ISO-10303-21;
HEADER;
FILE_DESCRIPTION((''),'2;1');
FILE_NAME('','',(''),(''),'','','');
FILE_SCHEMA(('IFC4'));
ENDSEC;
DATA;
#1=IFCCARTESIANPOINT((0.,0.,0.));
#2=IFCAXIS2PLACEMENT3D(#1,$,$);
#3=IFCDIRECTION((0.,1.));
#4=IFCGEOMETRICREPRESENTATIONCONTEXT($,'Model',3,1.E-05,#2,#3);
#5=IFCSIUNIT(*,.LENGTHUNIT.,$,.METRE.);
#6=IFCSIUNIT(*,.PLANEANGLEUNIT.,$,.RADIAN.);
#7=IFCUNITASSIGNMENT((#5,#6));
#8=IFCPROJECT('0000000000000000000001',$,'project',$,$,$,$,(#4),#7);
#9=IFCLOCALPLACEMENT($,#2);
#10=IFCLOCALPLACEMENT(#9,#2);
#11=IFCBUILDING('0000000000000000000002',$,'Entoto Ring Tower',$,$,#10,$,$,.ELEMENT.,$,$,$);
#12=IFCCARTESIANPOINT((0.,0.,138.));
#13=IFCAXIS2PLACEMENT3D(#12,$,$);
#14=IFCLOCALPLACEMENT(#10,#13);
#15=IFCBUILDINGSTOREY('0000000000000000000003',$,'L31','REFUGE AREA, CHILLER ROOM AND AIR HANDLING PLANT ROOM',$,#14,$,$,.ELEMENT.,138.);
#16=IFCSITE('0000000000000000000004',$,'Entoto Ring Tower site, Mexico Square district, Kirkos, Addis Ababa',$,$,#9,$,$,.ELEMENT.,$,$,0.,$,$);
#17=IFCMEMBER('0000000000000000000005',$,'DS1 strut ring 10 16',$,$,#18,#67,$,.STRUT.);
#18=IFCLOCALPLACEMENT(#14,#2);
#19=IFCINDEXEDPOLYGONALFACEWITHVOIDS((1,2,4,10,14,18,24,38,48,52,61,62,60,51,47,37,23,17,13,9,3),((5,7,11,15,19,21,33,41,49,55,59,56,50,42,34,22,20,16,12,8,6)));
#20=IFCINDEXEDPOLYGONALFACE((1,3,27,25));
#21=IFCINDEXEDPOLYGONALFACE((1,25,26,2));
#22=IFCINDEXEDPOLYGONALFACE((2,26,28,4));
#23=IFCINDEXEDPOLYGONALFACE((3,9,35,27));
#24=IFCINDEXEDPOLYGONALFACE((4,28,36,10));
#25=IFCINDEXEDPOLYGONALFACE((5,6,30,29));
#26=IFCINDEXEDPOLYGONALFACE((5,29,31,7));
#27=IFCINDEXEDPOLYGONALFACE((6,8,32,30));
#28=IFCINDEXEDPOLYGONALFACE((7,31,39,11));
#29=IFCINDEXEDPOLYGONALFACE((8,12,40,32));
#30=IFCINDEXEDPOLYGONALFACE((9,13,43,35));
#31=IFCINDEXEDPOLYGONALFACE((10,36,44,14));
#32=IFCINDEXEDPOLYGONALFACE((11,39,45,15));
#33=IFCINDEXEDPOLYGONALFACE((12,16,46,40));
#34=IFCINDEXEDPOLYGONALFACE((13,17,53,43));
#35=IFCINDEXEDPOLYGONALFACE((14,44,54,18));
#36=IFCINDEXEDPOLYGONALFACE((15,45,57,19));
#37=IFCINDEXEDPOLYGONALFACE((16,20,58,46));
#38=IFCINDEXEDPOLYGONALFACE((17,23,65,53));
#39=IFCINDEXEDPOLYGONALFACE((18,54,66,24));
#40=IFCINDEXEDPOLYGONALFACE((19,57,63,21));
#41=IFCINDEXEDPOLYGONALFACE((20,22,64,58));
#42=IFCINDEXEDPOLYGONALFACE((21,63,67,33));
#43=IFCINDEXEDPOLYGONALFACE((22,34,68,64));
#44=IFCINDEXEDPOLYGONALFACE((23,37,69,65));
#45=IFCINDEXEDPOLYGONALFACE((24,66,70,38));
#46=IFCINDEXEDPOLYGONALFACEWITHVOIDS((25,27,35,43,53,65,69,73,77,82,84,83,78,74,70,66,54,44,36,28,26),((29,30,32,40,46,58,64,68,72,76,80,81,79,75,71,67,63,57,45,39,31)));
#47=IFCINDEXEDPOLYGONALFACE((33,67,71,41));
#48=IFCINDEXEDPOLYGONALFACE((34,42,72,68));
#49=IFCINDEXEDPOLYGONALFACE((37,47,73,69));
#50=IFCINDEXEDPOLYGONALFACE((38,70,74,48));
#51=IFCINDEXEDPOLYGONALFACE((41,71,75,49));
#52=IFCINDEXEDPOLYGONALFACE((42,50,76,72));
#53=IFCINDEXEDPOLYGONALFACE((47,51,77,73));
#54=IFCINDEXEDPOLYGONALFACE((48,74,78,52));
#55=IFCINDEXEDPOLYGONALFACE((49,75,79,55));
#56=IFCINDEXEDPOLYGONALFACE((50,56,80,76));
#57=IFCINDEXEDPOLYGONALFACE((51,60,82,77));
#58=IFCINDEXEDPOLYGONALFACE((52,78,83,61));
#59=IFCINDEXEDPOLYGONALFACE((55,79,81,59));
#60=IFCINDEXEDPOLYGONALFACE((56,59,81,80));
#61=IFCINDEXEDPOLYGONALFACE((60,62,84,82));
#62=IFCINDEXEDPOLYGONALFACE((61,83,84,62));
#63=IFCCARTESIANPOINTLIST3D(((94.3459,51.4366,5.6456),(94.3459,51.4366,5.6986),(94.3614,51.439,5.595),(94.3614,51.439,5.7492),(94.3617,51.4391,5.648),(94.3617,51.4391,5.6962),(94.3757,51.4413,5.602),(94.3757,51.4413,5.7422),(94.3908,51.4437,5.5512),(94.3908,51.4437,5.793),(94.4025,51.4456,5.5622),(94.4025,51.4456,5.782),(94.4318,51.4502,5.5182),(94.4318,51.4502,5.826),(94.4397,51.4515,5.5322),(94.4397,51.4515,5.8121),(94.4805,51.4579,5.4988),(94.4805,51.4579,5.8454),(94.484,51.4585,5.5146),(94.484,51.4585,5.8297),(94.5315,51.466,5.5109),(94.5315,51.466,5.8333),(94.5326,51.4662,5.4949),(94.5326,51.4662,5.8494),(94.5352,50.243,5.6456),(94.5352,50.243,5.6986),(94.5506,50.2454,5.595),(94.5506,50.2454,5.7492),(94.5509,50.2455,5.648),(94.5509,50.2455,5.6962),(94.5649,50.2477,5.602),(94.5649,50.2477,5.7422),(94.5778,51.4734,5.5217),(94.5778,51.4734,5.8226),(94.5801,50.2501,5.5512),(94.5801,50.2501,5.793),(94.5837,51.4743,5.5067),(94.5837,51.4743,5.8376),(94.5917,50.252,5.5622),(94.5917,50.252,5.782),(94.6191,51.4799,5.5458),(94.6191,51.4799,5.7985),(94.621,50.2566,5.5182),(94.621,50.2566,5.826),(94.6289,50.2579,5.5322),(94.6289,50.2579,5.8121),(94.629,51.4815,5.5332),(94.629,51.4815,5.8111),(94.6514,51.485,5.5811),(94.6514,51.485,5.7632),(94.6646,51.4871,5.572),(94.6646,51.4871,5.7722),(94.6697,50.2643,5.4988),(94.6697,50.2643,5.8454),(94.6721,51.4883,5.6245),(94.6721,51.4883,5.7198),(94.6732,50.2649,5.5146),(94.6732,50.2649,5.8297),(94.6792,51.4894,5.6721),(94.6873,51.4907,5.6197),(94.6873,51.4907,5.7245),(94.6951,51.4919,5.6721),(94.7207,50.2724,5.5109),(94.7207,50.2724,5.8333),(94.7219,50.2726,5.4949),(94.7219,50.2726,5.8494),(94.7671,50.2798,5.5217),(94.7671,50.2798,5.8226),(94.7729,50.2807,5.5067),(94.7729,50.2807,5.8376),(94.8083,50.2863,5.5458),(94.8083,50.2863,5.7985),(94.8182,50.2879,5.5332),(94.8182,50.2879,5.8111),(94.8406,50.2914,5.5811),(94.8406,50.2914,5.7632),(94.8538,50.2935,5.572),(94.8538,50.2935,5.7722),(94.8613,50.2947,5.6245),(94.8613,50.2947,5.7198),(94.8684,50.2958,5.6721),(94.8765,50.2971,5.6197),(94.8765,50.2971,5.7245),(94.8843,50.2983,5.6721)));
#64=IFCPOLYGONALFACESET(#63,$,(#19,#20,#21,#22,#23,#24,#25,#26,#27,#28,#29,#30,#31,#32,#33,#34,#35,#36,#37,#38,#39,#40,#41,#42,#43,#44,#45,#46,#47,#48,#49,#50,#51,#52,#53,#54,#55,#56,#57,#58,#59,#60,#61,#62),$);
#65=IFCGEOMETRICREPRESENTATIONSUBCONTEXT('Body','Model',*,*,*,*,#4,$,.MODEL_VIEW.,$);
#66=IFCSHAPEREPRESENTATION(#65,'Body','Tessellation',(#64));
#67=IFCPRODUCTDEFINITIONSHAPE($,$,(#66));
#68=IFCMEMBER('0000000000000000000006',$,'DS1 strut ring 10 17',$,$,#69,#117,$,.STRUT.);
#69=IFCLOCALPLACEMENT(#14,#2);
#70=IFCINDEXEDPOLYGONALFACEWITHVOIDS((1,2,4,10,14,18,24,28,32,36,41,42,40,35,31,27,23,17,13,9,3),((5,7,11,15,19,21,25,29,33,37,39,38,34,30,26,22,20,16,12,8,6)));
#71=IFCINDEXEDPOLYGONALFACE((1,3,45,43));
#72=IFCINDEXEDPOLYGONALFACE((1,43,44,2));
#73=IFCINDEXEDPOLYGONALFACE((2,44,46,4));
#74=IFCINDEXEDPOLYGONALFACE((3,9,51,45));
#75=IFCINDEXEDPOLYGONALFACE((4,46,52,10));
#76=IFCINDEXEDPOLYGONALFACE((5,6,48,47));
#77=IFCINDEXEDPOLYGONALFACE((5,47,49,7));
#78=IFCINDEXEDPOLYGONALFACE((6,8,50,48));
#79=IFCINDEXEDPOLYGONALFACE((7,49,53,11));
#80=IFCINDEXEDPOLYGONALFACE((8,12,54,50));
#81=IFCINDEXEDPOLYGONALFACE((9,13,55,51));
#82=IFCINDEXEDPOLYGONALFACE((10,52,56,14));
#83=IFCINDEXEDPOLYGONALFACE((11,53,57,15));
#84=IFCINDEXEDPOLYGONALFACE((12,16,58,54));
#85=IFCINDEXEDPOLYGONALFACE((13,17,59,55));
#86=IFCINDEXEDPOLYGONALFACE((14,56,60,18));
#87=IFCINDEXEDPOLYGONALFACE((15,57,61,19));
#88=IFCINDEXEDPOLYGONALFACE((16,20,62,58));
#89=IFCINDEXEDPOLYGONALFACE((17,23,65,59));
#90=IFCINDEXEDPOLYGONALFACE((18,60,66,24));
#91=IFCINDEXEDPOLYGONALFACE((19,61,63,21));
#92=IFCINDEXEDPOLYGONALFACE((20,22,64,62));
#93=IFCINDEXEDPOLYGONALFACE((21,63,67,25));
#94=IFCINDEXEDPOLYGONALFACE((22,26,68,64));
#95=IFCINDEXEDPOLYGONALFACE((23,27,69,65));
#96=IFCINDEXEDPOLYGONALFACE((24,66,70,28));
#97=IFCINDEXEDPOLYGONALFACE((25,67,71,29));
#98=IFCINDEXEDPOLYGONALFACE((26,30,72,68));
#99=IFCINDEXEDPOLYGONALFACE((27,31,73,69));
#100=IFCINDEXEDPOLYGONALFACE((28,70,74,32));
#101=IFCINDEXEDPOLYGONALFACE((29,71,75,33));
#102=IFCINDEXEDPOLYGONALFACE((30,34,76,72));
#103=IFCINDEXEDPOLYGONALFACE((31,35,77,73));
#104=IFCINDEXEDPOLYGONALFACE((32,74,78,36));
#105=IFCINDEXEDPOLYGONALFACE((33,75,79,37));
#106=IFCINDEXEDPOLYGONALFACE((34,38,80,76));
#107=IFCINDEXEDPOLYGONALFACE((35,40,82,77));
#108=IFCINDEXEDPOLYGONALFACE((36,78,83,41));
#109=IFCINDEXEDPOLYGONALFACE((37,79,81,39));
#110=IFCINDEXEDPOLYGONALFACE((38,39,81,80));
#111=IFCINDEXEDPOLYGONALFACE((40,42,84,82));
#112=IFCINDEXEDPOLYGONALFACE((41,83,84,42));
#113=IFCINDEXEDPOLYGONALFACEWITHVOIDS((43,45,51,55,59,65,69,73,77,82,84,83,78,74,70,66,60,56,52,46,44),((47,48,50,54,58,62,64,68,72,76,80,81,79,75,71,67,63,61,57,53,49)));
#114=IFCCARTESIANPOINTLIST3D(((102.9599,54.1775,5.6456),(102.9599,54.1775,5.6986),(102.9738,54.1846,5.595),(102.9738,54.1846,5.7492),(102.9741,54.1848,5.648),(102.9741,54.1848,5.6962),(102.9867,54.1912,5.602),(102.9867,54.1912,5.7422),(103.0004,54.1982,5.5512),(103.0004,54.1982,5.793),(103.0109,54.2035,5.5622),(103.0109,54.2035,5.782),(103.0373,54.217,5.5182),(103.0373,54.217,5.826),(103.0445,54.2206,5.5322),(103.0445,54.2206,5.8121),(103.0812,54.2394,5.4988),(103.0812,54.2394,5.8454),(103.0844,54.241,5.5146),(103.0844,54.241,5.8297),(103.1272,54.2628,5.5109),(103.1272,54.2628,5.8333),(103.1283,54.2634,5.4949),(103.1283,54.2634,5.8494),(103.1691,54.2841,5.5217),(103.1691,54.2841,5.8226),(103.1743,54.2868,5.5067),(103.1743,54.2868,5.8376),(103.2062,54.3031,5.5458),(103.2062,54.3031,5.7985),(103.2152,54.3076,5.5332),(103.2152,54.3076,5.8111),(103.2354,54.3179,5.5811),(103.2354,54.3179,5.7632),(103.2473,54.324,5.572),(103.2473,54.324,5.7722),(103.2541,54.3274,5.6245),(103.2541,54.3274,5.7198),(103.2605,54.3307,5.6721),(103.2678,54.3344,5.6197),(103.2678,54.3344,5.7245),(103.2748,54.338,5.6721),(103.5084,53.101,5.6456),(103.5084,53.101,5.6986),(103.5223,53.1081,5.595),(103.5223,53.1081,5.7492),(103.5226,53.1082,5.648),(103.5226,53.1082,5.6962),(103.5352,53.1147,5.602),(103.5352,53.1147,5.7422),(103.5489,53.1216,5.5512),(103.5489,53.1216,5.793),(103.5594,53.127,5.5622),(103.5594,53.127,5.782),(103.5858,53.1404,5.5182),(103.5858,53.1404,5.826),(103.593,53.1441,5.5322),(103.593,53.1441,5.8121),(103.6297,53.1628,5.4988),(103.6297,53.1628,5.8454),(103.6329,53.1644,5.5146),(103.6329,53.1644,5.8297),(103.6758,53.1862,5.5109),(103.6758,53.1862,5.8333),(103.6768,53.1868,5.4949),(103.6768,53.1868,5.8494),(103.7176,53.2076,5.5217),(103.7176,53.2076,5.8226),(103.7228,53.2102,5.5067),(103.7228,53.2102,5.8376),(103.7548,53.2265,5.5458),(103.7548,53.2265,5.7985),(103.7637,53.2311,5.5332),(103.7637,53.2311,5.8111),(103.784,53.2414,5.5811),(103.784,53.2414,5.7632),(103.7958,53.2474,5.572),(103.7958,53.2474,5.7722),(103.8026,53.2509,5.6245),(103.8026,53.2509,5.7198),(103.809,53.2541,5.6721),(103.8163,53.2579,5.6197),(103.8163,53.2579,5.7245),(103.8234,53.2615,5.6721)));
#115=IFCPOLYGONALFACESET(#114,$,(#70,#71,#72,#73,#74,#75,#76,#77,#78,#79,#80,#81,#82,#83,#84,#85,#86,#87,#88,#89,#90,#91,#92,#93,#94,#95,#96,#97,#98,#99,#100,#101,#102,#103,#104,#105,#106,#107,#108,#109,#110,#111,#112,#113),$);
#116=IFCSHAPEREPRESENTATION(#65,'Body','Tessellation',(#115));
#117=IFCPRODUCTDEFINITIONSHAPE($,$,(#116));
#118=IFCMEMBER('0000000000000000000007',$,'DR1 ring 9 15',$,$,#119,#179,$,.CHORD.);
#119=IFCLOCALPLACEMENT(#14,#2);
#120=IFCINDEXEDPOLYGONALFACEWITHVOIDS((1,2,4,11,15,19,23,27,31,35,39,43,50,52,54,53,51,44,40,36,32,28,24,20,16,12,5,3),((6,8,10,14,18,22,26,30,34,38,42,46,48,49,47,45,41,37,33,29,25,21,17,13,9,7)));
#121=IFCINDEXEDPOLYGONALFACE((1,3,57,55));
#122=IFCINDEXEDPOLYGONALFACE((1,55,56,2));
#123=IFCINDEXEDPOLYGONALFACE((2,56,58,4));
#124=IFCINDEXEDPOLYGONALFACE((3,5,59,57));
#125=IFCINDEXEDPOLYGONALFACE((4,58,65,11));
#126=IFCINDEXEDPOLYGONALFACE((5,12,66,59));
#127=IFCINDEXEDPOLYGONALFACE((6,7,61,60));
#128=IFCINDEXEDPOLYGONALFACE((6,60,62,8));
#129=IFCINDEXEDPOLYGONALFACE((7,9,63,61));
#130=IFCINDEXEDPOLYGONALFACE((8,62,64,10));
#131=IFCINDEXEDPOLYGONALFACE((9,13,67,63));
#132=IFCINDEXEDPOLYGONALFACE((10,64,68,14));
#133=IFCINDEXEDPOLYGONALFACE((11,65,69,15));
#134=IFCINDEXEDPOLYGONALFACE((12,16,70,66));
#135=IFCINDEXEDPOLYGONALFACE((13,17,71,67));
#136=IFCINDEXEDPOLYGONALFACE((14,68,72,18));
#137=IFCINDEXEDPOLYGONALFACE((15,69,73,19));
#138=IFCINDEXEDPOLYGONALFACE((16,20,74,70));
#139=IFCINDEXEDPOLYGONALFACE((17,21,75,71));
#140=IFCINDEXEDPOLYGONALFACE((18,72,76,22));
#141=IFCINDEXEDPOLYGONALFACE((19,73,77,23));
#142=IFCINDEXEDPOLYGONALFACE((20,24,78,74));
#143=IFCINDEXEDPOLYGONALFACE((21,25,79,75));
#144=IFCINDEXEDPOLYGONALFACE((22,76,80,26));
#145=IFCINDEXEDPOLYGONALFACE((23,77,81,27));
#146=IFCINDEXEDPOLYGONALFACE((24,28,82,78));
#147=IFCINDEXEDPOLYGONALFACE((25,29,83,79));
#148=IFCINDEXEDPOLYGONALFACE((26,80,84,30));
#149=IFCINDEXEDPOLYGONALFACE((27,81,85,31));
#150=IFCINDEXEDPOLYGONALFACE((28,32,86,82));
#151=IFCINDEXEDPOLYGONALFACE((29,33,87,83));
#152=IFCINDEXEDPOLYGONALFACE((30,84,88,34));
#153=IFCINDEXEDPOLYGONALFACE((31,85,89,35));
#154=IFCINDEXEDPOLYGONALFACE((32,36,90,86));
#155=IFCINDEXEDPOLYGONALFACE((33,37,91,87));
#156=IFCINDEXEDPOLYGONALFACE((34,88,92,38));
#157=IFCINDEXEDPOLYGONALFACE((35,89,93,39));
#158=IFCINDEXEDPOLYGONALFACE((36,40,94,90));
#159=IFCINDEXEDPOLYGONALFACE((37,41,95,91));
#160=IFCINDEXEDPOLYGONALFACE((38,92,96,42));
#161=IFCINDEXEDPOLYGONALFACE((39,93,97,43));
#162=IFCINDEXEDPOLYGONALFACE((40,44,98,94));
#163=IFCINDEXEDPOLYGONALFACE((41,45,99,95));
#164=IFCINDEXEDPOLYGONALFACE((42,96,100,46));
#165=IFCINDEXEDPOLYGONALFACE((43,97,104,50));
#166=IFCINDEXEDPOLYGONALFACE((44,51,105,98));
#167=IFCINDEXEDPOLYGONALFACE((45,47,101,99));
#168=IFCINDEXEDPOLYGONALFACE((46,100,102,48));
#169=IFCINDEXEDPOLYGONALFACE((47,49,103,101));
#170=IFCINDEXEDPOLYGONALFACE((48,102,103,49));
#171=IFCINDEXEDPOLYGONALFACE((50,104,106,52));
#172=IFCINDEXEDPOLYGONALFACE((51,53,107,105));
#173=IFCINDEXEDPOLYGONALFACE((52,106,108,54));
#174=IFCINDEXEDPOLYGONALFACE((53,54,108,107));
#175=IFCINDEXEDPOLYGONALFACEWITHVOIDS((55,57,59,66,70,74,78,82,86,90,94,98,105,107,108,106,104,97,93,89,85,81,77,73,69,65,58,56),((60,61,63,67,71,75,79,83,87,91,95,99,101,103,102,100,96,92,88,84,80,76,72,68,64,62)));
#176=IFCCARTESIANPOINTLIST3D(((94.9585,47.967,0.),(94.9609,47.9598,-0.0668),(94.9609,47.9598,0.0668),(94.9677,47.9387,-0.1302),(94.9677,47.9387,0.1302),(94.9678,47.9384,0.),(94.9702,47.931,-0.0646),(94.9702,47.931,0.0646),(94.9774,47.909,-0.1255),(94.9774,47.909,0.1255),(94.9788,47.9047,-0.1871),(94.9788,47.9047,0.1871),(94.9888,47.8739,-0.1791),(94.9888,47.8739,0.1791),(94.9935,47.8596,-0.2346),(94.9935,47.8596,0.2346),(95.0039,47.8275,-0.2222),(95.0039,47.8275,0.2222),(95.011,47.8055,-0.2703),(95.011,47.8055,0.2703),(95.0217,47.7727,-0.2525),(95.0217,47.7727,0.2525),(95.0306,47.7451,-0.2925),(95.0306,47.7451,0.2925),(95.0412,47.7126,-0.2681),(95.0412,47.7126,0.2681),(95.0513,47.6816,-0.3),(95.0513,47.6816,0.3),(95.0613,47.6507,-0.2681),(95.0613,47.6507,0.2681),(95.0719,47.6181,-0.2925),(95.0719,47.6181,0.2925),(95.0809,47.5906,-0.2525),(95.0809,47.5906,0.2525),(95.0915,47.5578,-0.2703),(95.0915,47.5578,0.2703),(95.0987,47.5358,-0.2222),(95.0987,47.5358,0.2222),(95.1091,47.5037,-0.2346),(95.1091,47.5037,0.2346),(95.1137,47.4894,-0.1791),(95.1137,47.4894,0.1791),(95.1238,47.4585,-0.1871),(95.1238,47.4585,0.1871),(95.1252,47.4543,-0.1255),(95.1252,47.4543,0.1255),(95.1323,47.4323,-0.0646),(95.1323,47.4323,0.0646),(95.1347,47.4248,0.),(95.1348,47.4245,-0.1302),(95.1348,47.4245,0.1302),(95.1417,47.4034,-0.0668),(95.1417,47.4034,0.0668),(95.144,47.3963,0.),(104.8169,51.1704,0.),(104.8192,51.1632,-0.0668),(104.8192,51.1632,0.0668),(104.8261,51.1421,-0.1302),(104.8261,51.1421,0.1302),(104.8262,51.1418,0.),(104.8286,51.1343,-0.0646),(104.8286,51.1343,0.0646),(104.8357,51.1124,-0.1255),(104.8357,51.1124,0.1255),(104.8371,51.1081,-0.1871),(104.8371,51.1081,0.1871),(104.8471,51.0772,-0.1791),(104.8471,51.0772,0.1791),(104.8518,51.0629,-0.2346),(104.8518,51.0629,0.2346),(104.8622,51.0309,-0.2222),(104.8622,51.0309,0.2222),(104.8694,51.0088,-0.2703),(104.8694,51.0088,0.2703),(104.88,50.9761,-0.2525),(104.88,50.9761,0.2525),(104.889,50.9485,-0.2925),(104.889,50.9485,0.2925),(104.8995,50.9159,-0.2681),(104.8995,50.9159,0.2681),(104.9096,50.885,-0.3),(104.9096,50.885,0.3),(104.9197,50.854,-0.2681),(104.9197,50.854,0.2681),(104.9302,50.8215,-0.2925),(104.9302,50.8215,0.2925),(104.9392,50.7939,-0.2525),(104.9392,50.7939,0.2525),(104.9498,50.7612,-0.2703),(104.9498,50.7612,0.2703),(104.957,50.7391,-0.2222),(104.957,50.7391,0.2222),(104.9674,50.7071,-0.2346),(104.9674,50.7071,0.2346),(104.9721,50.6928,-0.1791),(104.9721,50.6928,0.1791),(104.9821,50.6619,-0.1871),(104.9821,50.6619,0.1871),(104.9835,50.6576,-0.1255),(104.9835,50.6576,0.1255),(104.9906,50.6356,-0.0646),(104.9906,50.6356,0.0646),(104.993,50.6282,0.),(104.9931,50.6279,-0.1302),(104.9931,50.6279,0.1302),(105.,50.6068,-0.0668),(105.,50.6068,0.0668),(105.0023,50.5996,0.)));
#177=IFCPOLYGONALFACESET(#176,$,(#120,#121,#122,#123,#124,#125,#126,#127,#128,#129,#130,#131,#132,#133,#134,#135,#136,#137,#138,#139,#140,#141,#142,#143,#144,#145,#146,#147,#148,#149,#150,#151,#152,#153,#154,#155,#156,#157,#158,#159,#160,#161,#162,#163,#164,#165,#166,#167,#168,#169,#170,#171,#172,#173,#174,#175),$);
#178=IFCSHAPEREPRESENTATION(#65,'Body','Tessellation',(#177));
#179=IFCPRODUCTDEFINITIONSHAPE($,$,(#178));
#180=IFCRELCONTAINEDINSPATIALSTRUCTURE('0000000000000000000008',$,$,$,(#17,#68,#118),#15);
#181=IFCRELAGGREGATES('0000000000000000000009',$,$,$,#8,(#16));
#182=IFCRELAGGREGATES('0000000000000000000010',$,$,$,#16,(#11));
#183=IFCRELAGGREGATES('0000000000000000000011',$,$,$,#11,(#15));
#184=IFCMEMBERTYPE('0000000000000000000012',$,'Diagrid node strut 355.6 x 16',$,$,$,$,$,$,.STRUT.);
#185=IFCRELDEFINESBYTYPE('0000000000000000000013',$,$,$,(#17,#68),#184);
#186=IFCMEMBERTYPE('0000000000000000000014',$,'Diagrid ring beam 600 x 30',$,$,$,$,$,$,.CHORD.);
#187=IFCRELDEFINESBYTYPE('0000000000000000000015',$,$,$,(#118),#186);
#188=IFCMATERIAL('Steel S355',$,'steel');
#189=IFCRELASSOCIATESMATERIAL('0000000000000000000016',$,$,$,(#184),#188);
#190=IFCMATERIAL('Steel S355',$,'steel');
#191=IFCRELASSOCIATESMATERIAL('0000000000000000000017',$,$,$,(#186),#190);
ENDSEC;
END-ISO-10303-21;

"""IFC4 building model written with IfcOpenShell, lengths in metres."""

from ifc_helpers import new_model, si_unit, direction, frame, origin, origin_2d, place, context, subcontext, project, spatial, circle, hollow_circle, extrude, material, material_profile, profile_set, type_object, element, save


model = new_model("IFC4")

# Units and contexts
model_context = context("Model", 3, precision=1e-05, world=origin(), true_north=direction((0.0, 1.0)))
body_context = subcontext(model_context, "Body", "Model", "MODEL_VIEW")
ifc_project = project(units=[si_unit("LENGTHUNIT", "METRE"), si_unit("PLANEANGLEUNIT", "RADIAN")], contexts=[model_context])

# Site, building, storey
site_placement = place(None, origin())
site = spatial("IfcSite", under=ifc_project, at=site_placement, Name="Entoto Ring Tower site, Mexico Square district, Kirkos, Addis Ababa", CompositionType="ELEMENT", RefElevation=0.0)
building_placement = place(site_placement, origin())
building = spatial("IfcBuilding", under=site, at=building_placement, Name="Entoto Ring Tower", CompositionType="ELEMENT")
storey_placement = place(building_placement, frame((0.0, 0.0, 138.0)))
storey = spatial("IfcBuildingStorey", under=building, at=storey_placement, Name="L31", Description="REFUGE AREA, CHILLER ROOM AND AIR HANDLING PLANT ROOM", CompositionType="ELEMENT", Elevation=138.0)

# Members
ifc_material_1 = material(Name="Steel S355", Category="steel")
ifc_material_profile_1 = material_profile(ifc_material_1, hollow_circle(Radius=0.1777, WallThickness=0.0161, at=origin_2d()), Name="CHS 355.6 x 16")
ifc_material_2 = material(Name="Concrete C60/75", Category="concrete")
ifc_material_profile_2 = material_profile(ifc_material_2, circle(Radius=0.1619, at=origin_2d()), Name="Concrete C60/75 infill")
ifc_profile_set_1 = profile_set([ifc_material_profile_1, ifc_material_profile_2], Name="Steel S355")
member_type_1 = type_object("IfcMemberType", Name="Diagrid node strut 355.6 x 16", PredefinedType="STRUT", material=ifc_profile_set_1)
member_1_placement = place(storey_placement, frame((94.5195, 51.4641, 5.6721), z_axis=(0.156564, -0.987668, 0.0), x_axis=(0.987668, 0.156564, 0.0)))
element("IfcMember", 1, at=member_1_placement, inside=storey, type_object=member_type_1, Name="DS1 strut ring 10 16", PredefinedType="STRUT", context=body_context, shape_type="SweptSolid", body=[
    extrude(hollow_circle(Radius=0.1777, WallThickness=0.0161, at=origin_2d()), origin(), (0.0, 0.0, 1.0), 1.2085),
])
member_2_placement = place(storey_placement, frame((103.1165, 54.2573, 5.6721), z_axis=(0.453989, -0.891007, 0.0), x_axis=(0.891007, 0.453989, 0.0)))
element("IfcMember", 2, at=member_2_placement, inside=storey, type_object=member_type_1, Name="DS1 strut ring 10 17", PredefinedType="STRUT", context=body_context, shape_type="SweptSolid", body=[
    extrude(hollow_circle(Radius=0.1777, WallThickness=0.0161, at=origin_2d()), origin(), (0.0, 0.0, 1.0), 1.2083),
])
ifc_material_3 = material(Name="Steel S355", Category="steel")
ifc_material_profile_3 = material_profile(ifc_material_3, hollow_circle(Radius=0.3, WallThickness=0.03, at=origin_2d()), Name="CHS 600 x 30")
ifc_material_4 = material(Name="Concrete C60/75", Category="concrete")
ifc_material_profile_4 = material_profile(ifc_material_4, circle(Radius=0.27, at=origin_2d()), Name="Concrete C60/75 infill")
ifc_profile_set_2 = profile_set([ifc_material_profile_3, ifc_material_profile_4], Name="Steel S355")
member_type_2 = type_object("IfcMemberType", Name="Diagrid ring beam 600 x 30", PredefinedType="CHORD", material=ifc_profile_set_2)
member_3_placement = place(storey_placement, frame((95.0513, 47.6816, 0.0), z_axis=(0.951051, 0.309033, 0.0), x_axis=(-0.309033, 0.951051, 0.0)))
element("IfcMember", 3, at=member_3_placement, inside=storey, type_object=member_type_2, Name="DR1 ring 9 15", PredefinedType="CHORD", context=body_context, shape_type="SweptSolid", body=[
    extrude(hollow_circle(Radius=0.3, WallThickness=0.03, at=origin_2d()), origin(), (0.0, 0.0, 1.0), 10.3657),
])

save(model, "model.ifc")
